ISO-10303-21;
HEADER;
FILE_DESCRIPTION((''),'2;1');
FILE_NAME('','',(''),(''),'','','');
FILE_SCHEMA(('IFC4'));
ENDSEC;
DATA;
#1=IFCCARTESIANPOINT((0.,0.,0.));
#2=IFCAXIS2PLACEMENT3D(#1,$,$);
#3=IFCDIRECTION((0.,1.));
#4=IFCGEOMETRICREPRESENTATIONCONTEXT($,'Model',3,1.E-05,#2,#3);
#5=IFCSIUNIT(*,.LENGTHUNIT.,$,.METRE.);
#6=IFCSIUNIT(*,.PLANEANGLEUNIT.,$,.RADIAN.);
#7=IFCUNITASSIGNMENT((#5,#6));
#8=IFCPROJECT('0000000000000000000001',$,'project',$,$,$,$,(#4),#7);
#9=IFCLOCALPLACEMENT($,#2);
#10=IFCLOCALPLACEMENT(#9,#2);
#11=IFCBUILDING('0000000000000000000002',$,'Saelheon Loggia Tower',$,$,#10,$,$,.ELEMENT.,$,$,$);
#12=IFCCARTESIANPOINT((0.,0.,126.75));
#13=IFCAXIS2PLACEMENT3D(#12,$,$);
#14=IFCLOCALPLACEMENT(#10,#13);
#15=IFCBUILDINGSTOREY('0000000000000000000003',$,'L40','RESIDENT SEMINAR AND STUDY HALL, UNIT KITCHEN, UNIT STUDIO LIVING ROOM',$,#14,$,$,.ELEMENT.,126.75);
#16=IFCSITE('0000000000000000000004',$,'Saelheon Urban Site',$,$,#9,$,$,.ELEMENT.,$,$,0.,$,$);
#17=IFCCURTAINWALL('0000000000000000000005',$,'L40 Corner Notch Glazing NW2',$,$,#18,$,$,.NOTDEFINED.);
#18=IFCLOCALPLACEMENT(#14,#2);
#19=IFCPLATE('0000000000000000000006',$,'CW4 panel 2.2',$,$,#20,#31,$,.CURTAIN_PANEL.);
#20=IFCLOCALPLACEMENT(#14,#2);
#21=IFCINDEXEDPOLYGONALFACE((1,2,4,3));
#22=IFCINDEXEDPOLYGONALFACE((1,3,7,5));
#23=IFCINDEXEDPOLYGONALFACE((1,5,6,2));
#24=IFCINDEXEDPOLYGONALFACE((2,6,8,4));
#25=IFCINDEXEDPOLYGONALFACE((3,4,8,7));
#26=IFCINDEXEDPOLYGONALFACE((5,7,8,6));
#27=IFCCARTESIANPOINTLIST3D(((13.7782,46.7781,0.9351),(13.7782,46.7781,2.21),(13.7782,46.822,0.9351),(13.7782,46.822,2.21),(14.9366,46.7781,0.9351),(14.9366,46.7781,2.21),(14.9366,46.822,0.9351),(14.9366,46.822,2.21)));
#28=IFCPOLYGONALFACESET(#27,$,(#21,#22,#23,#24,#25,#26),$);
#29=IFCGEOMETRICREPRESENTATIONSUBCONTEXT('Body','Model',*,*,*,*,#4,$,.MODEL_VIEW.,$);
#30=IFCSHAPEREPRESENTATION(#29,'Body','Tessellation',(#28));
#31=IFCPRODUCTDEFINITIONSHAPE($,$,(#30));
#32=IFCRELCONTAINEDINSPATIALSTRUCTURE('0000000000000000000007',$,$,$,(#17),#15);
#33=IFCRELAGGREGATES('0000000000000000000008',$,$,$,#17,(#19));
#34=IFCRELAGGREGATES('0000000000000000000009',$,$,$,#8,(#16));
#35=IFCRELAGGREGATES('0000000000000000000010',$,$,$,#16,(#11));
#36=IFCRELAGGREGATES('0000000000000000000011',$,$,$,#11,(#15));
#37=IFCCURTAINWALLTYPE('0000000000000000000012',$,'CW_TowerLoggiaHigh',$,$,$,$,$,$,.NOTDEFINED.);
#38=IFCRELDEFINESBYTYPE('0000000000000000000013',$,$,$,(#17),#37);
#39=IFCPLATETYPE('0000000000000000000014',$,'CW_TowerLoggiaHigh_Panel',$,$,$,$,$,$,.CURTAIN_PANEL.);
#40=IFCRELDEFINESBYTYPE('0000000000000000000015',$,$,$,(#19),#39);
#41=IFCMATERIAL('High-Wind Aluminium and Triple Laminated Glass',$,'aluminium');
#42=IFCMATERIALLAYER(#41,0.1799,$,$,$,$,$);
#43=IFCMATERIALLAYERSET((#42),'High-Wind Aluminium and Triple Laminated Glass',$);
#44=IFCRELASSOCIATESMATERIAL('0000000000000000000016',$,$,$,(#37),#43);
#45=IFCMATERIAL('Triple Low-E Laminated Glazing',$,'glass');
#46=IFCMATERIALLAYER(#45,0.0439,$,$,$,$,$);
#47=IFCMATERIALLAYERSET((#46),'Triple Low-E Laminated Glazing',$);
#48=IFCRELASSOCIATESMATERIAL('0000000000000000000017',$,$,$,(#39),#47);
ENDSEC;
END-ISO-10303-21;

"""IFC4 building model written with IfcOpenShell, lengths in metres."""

from ifc_helpers import new_model, si_unit, direction, frame, origin, origin_2d, place, context, subcontext, project, spatial, rectangle, extrude, source, transform, mapped, material, layer, layer_set, type_object, element, aggregate, save


model = new_model("IFC4")

# Units and contexts
model_context = context("Model", 3, precision=1e-05, world=origin(), true_north=direction((0.0, 1.0)))
body_context = subcontext(model_context, "Body", "Model", "MODEL_VIEW")
ifc_project = project(units=[si_unit("LENGTHUNIT", "METRE"), si_unit("PLANEANGLEUNIT", "RADIAN")], contexts=[model_context])

# Site, building, storey
site_placement = place(None, origin())
site = spatial("IfcSite", under=ifc_project, at=site_placement, Name="Saelheon Urban Site", CompositionType="ELEMENT", RefElevation=0.0)
building_placement = place(site_placement, origin())
building = spatial("IfcBuilding", under=site, at=building_placement, Name="Saelheon Loggia Tower", CompositionType="ELEMENT")
storey_placement = place(building_placement, frame((0.0, 0.0, 126.75)))
storey = spatial("IfcBuildingStorey", under=building, at=storey_placement, Name="L40", Description="RESIDENT SEMINAR AND STUDY HALL, UNIT KITCHEN, UNIT STUDIO LIVING ROOM", CompositionType="ELEMENT", Elevation=126.75)

# Shared definitions
ifc_material_1 = material(Name="High-Wind Aluminium and Triple Laminated Glass", Category="aluminium")
ifc_layer_1 = layer(ifc_material_1, 0.1799)
ifc_layer_set_1 = layer_set([ifc_layer_1], Name="High-Wind Aluminium and Triple Laminated Glass")
curtain_wall_type = type_object("IfcCurtainWallType", Name="CW_TowerLoggiaHigh", PredefinedType="NOTDEFINED", material=ifc_layer_set_1)

# Curtain wall
curtain_wall_1_placement = place(storey_placement, origin())
curtain_wall_1 = element("IfcCurtainWall", 1, at=curtain_wall_1_placement, inside=storey, type_object=curtain_wall_type, Name="L40 Corner Notch Glazing NW2", PredefinedType="NOTDEFINED")

# Plate
ifc_material_2 = material(Name="Triple Low-E Laminated Glazing", Category="glass")
ifc_layer_2 = layer(ifc_material_2, 0.0439)
ifc_layer_set_2 = layer_set([ifc_layer_2], Name="Triple Low-E Laminated Glazing")
plate_type = type_object("IfcPlateType", Name="CW_TowerLoggiaHigh_Panel", PredefinedType="CURTAIN_PANEL", material=ifc_layer_set_2)
shared_shape_1 = source(origin(), body_context, "Body", "SweptSolid", [
    extrude(rectangle(XDim=1.1584, YDim=0.0439, at=origin_2d()), origin(), (0.0, 0.0, 1.0), 1.2749),
])
plate_1_placement = place(storey_placement, frame((14.3574, 46.8, 0.9351), z_axis=(0.0, 0.0, 1.0), x_axis=(1.0, 0.0, 0.0)))
plate_1 = element("IfcPlate", 2, at=plate_1_placement, type_object=plate_type, Name="CW4 panel 2.2", PredefinedType="CURTAIN_PANEL", context=body_context, shape_type="MappedRepresentation", body=[
    mapped(shared_shape_1, transform((0.0, 0.0, 0.0), scale=1.0)),
])
aggregate(curtain_wall_1, [plate_1])

save(model, "model.ifc")
